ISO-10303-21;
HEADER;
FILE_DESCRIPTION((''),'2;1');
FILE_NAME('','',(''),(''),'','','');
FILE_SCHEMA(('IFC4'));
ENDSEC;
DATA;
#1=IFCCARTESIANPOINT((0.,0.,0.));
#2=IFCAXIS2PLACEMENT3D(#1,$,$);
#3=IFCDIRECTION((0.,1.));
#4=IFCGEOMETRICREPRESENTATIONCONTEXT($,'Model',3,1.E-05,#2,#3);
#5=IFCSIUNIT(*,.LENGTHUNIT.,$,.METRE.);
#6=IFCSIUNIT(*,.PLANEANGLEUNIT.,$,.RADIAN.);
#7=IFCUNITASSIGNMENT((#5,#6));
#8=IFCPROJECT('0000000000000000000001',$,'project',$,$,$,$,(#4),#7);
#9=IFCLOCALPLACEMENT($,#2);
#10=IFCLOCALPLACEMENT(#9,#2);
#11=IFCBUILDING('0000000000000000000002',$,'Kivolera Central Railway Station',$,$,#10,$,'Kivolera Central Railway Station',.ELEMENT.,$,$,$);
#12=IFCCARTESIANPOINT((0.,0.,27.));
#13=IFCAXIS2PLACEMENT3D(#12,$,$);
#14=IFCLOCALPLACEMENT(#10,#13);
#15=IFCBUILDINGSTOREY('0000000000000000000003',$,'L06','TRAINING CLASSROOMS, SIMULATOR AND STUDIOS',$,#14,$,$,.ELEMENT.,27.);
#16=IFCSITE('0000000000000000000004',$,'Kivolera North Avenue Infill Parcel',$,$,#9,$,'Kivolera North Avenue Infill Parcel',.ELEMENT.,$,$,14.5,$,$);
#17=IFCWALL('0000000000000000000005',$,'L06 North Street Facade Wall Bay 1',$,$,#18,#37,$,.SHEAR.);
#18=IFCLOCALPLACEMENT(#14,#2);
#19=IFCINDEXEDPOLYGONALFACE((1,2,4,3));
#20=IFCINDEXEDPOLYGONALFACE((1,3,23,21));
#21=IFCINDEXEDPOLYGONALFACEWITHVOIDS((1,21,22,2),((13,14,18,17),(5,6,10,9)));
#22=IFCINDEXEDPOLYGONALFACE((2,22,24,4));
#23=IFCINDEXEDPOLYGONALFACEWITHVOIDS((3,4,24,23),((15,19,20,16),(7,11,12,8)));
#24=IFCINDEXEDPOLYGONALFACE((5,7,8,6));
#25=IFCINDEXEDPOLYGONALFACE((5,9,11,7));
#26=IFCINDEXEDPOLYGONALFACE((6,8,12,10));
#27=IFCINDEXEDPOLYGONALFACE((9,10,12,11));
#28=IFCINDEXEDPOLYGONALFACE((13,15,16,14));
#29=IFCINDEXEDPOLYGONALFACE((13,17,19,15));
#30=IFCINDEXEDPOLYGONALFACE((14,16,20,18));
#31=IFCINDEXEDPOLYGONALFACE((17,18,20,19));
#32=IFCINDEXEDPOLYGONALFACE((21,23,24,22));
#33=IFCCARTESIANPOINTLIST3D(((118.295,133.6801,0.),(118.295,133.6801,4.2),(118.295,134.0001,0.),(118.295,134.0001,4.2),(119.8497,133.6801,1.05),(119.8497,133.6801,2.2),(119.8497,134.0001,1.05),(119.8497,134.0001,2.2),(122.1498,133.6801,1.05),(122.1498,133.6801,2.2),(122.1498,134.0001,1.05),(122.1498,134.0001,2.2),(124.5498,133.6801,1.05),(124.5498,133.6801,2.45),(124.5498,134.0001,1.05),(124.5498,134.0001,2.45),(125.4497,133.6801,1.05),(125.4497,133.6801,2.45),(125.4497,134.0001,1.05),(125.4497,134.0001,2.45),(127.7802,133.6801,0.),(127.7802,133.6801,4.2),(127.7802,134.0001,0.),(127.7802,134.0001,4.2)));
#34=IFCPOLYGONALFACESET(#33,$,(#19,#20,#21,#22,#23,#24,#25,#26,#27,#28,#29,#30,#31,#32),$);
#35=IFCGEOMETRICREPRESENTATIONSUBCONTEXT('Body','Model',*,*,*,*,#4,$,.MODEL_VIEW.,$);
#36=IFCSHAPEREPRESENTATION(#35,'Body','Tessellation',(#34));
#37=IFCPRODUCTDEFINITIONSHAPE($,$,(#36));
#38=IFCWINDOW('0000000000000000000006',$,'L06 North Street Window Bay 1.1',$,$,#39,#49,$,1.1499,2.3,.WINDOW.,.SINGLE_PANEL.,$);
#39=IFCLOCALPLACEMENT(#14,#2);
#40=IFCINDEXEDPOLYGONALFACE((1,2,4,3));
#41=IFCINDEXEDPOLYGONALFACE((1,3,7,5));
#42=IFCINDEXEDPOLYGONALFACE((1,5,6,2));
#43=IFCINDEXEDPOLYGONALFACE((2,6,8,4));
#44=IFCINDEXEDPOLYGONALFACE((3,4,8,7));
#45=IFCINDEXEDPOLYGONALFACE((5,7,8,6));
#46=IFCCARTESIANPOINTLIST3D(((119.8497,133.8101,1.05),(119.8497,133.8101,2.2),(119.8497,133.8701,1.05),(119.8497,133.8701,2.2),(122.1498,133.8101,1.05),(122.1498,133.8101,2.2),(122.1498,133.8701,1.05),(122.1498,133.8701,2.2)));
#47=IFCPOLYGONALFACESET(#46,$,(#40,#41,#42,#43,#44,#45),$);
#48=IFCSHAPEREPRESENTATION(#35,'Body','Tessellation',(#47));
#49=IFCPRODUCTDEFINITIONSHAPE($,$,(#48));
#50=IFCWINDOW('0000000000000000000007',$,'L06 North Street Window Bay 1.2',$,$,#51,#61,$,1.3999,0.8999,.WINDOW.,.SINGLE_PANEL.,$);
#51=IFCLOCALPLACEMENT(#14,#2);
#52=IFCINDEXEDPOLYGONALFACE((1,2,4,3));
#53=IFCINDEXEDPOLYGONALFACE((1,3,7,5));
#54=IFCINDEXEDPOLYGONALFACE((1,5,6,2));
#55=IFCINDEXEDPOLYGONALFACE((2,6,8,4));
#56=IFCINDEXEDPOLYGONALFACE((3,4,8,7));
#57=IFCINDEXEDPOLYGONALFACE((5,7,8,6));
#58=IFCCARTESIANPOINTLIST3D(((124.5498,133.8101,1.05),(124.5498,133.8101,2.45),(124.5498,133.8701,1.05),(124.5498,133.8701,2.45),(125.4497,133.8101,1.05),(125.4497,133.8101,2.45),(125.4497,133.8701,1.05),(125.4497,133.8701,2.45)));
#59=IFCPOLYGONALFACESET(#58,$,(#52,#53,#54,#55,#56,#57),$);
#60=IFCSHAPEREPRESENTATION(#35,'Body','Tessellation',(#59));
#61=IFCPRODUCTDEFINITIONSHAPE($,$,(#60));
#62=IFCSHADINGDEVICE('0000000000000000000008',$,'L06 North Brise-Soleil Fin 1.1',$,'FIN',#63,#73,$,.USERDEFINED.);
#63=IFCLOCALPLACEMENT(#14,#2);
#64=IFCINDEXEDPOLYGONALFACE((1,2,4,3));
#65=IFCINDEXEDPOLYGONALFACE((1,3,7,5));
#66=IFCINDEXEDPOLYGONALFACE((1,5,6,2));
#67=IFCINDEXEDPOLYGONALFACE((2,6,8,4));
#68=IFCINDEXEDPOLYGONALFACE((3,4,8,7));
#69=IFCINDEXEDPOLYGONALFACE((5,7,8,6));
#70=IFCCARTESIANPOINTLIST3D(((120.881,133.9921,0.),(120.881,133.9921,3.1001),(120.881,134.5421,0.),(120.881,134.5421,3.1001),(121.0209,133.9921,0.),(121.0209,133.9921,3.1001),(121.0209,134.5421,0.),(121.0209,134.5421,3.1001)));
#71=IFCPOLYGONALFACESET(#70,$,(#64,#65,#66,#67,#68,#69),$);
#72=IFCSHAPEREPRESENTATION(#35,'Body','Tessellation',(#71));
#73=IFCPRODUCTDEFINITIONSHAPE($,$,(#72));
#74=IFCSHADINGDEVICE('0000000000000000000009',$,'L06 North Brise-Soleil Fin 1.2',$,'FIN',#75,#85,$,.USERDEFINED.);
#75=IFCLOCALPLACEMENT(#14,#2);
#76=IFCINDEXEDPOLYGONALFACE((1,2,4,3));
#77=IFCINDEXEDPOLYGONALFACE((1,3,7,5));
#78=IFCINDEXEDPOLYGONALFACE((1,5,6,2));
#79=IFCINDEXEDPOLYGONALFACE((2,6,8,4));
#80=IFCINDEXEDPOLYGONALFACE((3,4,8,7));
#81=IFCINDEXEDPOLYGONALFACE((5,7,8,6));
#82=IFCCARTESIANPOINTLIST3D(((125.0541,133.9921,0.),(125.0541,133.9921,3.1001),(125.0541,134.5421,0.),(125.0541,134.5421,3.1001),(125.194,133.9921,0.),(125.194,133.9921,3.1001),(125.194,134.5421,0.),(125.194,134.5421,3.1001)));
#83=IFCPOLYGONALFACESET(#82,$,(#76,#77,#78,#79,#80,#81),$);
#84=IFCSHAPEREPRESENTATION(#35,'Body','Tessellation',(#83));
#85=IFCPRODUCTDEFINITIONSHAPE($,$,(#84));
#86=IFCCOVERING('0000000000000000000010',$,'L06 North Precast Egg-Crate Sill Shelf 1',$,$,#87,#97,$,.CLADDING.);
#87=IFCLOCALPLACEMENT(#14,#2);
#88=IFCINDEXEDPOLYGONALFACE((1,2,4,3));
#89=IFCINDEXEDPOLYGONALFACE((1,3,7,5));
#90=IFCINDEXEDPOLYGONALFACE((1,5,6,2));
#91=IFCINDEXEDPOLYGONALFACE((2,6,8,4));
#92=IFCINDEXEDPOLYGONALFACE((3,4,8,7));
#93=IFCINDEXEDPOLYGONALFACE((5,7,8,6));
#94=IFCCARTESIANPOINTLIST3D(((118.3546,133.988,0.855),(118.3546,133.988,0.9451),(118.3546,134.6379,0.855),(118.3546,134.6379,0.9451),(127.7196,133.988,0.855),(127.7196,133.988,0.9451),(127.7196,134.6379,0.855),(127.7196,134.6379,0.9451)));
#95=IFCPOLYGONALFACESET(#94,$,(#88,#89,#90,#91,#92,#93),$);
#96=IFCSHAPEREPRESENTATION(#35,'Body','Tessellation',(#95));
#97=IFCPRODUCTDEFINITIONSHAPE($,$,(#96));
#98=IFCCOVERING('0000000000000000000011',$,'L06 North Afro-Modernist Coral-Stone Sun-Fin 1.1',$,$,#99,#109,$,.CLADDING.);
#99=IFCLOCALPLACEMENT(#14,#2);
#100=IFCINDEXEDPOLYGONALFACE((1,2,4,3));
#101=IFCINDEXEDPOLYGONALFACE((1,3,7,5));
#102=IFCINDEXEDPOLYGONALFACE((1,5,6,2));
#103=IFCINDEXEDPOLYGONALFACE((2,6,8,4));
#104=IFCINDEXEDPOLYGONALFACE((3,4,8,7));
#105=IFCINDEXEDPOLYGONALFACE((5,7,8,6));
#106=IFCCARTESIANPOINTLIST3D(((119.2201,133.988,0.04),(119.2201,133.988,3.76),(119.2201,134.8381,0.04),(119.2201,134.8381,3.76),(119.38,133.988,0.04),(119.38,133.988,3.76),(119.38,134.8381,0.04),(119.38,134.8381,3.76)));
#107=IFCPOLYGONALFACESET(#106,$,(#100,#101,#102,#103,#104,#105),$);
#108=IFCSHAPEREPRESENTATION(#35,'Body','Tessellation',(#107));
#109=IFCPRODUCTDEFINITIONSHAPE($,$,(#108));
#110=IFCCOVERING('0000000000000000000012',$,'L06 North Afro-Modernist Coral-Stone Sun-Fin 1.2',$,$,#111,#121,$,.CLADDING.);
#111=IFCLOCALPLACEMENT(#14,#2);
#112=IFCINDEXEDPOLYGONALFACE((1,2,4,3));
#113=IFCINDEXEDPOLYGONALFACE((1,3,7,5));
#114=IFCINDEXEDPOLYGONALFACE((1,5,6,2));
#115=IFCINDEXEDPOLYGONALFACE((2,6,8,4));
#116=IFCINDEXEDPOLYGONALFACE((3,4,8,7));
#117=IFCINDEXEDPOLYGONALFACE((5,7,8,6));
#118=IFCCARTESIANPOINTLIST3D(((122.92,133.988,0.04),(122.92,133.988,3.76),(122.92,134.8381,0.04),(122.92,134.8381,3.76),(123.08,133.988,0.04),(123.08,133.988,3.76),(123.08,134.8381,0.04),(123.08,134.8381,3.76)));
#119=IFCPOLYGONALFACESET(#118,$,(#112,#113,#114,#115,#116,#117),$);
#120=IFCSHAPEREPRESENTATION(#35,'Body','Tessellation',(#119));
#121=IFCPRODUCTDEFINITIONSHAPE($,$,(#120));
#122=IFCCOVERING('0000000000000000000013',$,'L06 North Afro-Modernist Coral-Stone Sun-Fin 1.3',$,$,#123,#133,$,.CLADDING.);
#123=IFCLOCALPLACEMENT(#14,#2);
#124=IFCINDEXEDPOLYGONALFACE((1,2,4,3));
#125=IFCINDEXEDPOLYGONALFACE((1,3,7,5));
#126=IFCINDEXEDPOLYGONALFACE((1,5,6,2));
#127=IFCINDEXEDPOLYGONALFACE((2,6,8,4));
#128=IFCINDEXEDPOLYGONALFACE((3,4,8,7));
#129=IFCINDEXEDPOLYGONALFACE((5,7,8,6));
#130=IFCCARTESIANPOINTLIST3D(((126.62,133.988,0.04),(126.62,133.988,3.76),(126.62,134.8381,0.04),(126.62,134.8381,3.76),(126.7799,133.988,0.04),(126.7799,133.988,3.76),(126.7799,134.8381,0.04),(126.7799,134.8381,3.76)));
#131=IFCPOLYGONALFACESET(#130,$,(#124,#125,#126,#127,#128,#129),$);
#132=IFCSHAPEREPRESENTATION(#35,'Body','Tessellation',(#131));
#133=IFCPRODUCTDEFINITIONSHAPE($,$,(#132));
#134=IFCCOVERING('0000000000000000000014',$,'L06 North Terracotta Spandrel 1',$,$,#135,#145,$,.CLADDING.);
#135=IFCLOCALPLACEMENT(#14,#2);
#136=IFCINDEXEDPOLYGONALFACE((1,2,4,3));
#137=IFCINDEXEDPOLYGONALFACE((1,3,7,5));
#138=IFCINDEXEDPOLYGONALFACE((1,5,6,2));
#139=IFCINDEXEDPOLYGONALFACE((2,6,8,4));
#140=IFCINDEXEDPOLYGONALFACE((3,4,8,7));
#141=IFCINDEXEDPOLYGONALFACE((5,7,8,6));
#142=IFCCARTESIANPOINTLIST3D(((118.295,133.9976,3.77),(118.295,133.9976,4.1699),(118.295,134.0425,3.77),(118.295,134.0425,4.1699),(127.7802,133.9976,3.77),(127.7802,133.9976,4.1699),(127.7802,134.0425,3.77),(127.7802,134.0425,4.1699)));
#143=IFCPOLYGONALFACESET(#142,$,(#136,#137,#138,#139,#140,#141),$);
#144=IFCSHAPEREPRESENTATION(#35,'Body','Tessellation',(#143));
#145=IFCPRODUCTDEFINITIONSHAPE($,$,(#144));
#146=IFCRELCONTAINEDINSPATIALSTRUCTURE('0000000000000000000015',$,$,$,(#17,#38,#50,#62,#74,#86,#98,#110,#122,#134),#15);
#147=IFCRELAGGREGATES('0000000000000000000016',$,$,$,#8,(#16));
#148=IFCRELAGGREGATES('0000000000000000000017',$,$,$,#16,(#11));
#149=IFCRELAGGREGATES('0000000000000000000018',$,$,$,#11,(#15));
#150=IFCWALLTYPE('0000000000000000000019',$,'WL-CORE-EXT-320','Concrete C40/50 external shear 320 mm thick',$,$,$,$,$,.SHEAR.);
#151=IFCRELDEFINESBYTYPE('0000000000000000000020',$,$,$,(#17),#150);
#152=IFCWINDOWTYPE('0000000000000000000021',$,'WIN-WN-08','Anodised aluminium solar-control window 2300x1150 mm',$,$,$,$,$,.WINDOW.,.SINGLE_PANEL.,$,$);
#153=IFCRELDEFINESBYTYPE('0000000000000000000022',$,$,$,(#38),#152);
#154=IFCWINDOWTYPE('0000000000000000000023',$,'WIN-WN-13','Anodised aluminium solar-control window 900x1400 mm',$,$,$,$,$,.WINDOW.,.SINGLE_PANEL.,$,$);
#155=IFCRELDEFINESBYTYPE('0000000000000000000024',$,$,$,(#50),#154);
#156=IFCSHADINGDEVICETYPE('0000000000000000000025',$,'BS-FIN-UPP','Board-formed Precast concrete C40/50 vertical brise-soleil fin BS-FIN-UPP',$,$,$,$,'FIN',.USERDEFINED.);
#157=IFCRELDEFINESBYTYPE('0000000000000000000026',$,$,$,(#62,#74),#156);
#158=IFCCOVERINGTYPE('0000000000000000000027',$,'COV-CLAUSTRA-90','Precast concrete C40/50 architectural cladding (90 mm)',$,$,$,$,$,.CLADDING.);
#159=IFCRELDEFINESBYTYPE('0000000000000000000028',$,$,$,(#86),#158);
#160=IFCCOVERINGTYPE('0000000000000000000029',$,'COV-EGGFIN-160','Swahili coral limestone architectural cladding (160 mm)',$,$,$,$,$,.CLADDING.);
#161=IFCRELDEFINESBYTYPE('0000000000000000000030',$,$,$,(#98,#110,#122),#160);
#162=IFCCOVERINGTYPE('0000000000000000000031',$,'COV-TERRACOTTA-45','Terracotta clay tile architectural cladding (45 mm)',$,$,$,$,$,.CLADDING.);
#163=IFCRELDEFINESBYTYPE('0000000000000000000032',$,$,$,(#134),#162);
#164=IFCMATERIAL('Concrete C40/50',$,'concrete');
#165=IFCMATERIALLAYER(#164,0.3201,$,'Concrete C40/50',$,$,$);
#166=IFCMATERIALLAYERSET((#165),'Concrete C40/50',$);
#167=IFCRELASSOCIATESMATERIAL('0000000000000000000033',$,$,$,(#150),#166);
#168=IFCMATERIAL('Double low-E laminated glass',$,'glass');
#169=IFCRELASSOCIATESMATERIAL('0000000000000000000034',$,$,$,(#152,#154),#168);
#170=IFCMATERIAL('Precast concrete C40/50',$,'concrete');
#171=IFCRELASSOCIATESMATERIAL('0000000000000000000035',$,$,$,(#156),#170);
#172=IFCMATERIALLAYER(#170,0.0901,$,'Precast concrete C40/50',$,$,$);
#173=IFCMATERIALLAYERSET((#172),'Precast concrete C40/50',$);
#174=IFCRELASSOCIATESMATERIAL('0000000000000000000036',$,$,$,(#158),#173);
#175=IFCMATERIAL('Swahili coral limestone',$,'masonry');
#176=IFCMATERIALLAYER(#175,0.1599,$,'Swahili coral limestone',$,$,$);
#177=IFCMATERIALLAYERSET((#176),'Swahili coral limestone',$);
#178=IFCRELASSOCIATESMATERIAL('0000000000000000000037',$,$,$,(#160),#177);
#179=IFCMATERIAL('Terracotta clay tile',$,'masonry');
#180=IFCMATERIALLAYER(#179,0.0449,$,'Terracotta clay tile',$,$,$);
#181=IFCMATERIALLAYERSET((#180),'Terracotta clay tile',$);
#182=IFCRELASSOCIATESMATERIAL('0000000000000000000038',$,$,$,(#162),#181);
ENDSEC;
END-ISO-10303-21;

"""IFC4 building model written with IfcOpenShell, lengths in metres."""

from ifc_helpers import new_model, si_unit, direction, frame, frame_2d, origin, origin_2d, place, context, subcontext, project, spatial, rectangle, extrude, material, layer, layer_set, type_object, element, fill, save


model = new_model("IFC4")

# Units and contexts
model_context = context("Model", 3, precision=1e-05, world=origin(), true_north=direction((0.0, 1.0)))
body_context = subcontext(model_context, "Body", "Model", "MODEL_VIEW")
ifc_project = project(units=[si_unit("LENGTHUNIT", "METRE"), si_unit("PLANEANGLEUNIT", "RADIAN")], contexts=[model_context])

# Site, building, storey
site_placement = place(None, origin())
site = spatial("IfcSite", under=ifc_project, at=site_placement, Name="Kivolera North Avenue Infill Parcel", LongName="Kivolera North Avenue Infill Parcel", CompositionType="ELEMENT", RefElevation=14.5)
building_placement = place(site_placement, origin())
building = spatial("IfcBuilding", under=site, at=building_placement, Name="Kivolera Central Railway Station", LongName="Kivolera Central Railway Station", CompositionType="ELEMENT")
storey_placement = place(building_placement, frame((0.0, 0.0, 27.0)))
storey = spatial("IfcBuildingStorey", under=building, at=storey_placement, Name="L06", Description="TRAINING CLASSROOMS, SIMULATOR AND STUDIOS", CompositionType="ELEMENT", Elevation=27.0)

# Shared definitions
ifc_material_1 = material(Name="Concrete C40/50", Category="concrete")

# Shared definitions
ifc_material_2 = material(Name="Double low-E laminated glass", Category="glass")

# Wall, openings, windows
ifc_layer_1 = layer(ifc_material_1, 0.3201, Name="Concrete C40/50")
ifc_layer_set_1 = layer_set([ifc_layer_1], Name="Concrete C40/50")
wall_type_1 = type_object("IfcWallType", Name="WL-CORE-EXT-320", Description="Concrete C40/50 external shear 320 mm thick", PredefinedType="SHEAR", material=ifc_layer_set_1)
wall_1_placement = place(storey_placement, frame((118.2949, 133.8401, 0.0), z_axis=(0.0, 0.0, 1.0), x_axis=(1.0, 0.0, 0.0)))
wall_1 = element("IfcWall", 1, at=wall_1_placement, inside=storey, type_object=wall_type_1, Name="L06 North Street Facade Wall Bay 1", PredefinedType="SHEAR", context=body_context, shape_type="SweptSolid", body=[
    extrude(rectangle(XDim=9.4851, YDim=0.3201, at=frame_2d((4.7427, 0.0))), origin(), (0.0, 0.0, 1.0), 4.2),
])
opening_1_placement = place(wall_1_placement, frame((1.5549, 0.0, 1.05)))
opening_1 = element("IfcOpeningElement", 2, at=opening_1_placement, cuts=wall_1, PredefinedType="OPENING", context=body_context, shape_type="SweptSolid", body=[
    extrude(rectangle(XDim=2.3, YDim=1.1499, at=frame_2d((1.1499, 0.575))), frame((0.0, 0.1699, 0.0), z_axis=(0.0, -1.0, 0.0), x_axis=(1.0, 0.0, 0.0)), (0.0, 0.0, 1.0), 0.3401),
])
opening_2_placement = place(wall_1_placement, frame((6.2549, 0.0, 1.05)))
opening_2 = element("IfcOpeningElement", 3, at=opening_2_placement, cuts=wall_1, PredefinedType="OPENING", context=body_context, shape_type="SweptSolid", body=[
    extrude(rectangle(XDim=0.8999, YDim=1.3999, at=frame_2d((0.45, 0.7))), frame((0.0, 0.1699, 0.0), z_axis=(0.0, -1.0, 0.0), x_axis=(1.0, 0.0, 0.0)), (0.0, 0.0, 1.0), 0.3401),
])
window_type_1 = type_object("IfcWindowType", Name="WIN-WN-08", Description="Anodised aluminium solar-control window 2300x1150 mm", PartitioningType="SINGLE_PANEL", PredefinedType="WINDOW", material=ifc_material_2)
window_1_placement = place(opening_1_placement, origin())
window_1 = element("IfcWindow", 4, at=window_1_placement, inside=storey, type_object=window_type_1, Name="L06 North Street Window Bay 1.1", OverallHeight=1.1499, OverallWidth=2.3, PartitioningType="SINGLE_PANEL", PredefinedType="WINDOW", context=body_context, shape_type="SweptSolid", body=[
    extrude(rectangle(XDim=2.3, YDim=1.1499, at=frame_2d((1.1499, 0.575))), frame((0.0, 0.03, 0.0), z_axis=(0.0, -1.0, 0.0), x_axis=(1.0, 0.0, 0.0)), (0.0, 0.0, 1.0), 0.0601),
])
fill(opening_1, window_1)
window_type_2 = type_object("IfcWindowType", Name="WIN-WN-13", Description="Anodised aluminium solar-control window 900x1400 mm", PartitioningType="SINGLE_PANEL", PredefinedType="WINDOW", material=ifc_material_2)
window_2_placement = place(opening_2_placement, origin())
window_2 = element("IfcWindow", 5, at=window_2_placement, inside=storey, type_object=window_type_2, Name="L06 North Street Window Bay 1.2", OverallHeight=1.3999, OverallWidth=0.8999, PartitioningType="SINGLE_PANEL", PredefinedType="WINDOW", context=body_context, shape_type="SweptSolid", body=[
    extrude(rectangle(XDim=0.8999, YDim=1.3999, at=frame_2d((0.45, 0.7))), frame((0.0, 0.03, 0.0), z_axis=(0.0, -1.0, 0.0), x_axis=(1.0, 0.0, 0.0)), (0.0, 0.0, 1.0), 0.0601),
])
fill(opening_2, window_2)

# Shading devices
ifc_material_3 = material(Name="Precast concrete C40/50", Category="concrete")
shading_device_type = type_object("IfcShadingDeviceType", Name="BS-FIN-UPP", Description="Board-formed Precast concrete C40/50 vertical brise-soleil fin BS-FIN-UPP", ElementType="FIN", PredefinedType="USERDEFINED", material=ifc_material_3)
for number, where, z_axis, x_axis, name in (
    (6, (120.9509, 134.2671, 0.0), (0.0, 0.0, 1.0), (1.0, 0.0, 0.0), "L06 North Brise-Soleil Fin 1.1"),
    (7, (125.124, 134.2671, 0.0), (0.0, 0.0, 1.0), (1.0, 0.0, 0.0), "L06 North Brise-Soleil Fin 1.2"),
):
    element("IfcShadingDevice", number, at=place(storey_placement, frame(where, z_axis=z_axis, x_axis=x_axis)), inside=storey, type_object=shading_device_type, Name=name, ObjectType="FIN", PredefinedType="USERDEFINED", context=body_context, shape_type="SweptSolid", body=[
        extrude(rectangle(XDim=0.1399, YDim=0.55, at=origin_2d()), origin(), (0.0, 0.0, 1.0), 3.1001),
    ])

# Coverings
ifc_layer_2 = layer(ifc_material_3, 0.0901, Name="Precast concrete C40/50")
ifc_layer_set_2 = layer_set([ifc_layer_2], Name="Precast concrete C40/50")
covering_type_1 = type_object("IfcCoveringType", Name="COV-CLAUSTRA-90", Description="Precast concrete C40/50 architectural cladding (90 mm)", PredefinedType="CLADDING", material=ifc_layer_set_2)
covering_1_placement = place(storey_placement, frame((123.0371, 134.313, 0.855), z_axis=(0.0, 0.0, 1.0), x_axis=(1.0, 0.0, 0.0)))
element("IfcCovering", 8, at=covering_1_placement, inside=storey, type_object=covering_type_1, Name="L06 North Precast Egg-Crate Sill Shelf 1", PredefinedType="CLADDING", context=body_context, shape_type="SweptSolid", body=[
    extrude(rectangle(XDim=9.365, YDim=0.6499, at=origin_2d()), origin(), (0.0, 0.0, 1.0), 0.0901),
])
ifc_material_4 = material(Name="Swahili coral limestone", Category="masonry")
ifc_layer_3 = layer(ifc_material_4, 0.1599, Name="Swahili coral limestone")
ifc_layer_set_3 = layer_set([ifc_layer_3], Name="Swahili coral limestone")
covering_type_2 = type_object("IfcCoveringType", Name="COV-EGGFIN-160", Description="Swahili coral limestone architectural cladding (160 mm)", PredefinedType="CLADDING", material=ifc_layer_set_3)
for number, where, z_axis, x_axis, name in (
    (9, (119.3, 134.4131, 0.04), (0.0, 0.0, 1.0), (1.0, 0.0, 0.0), "L06 North Afro-Modernist Coral-Stone Sun-Fin 1.1"),
    (10, (123.0, 134.4131, 0.04), (0.0, 0.0, 1.0), (1.0, 0.0, 0.0), "L06 North Afro-Modernist Coral-Stone Sun-Fin 1.2"),
    (11, (126.7, 134.4131, 0.04), (0.0, 0.0, 1.0), (1.0, 0.0, 0.0), "L06 North Afro-Modernist Coral-Stone Sun-Fin 1.3"),
):
    element("IfcCovering", number, at=place(storey_placement, frame(where, z_axis=z_axis, x_axis=x_axis)), inside=storey, type_object=covering_type_2, Name=name, PredefinedType="CLADDING", context=body_context, shape_type="SweptSolid", body=[
        extrude(rectangle(XDim=0.1599, YDim=0.8501, at=origin_2d()), origin(), (0.0, 0.0, 1.0), 3.72),
    ])
ifc_material_5 = material(Name="Terracotta clay tile", Category="masonry")
ifc_layer_4 = layer(ifc_material_5, 0.0449, Name="Terracotta clay tile")
ifc_layer_set_4 = layer_set([ifc_layer_4], Name="Terracotta clay tile")
covering_type_3 = type_object("IfcCoveringType", Name="COV-TERRACOTTA-45", Description="Terracotta clay tile architectural cladding (45 mm)", PredefinedType="CLADDING", material=ifc_layer_set_4)
covering_2_placement = place(storey_placement, frame((118.2949, 134.02, 3.77), z_axis=(0.0, 0.0, 1.0), x_axis=(1.0, 0.0, 0.0)))
element("IfcCovering", 12, at=covering_2_placement, inside=storey, type_object=covering_type_3, Name="L06 North Terracotta Spandrel 1", PredefinedType="CLADDING", context=body_context, shape_type="SweptSolid", body=[
    extrude(rectangle(XDim=9.4851, YDim=0.0449, at=frame_2d((4.7427, 0.0))), origin(), (0.0, 0.0, 1.0), 0.3999),
])

save(model, "model.ifc")
